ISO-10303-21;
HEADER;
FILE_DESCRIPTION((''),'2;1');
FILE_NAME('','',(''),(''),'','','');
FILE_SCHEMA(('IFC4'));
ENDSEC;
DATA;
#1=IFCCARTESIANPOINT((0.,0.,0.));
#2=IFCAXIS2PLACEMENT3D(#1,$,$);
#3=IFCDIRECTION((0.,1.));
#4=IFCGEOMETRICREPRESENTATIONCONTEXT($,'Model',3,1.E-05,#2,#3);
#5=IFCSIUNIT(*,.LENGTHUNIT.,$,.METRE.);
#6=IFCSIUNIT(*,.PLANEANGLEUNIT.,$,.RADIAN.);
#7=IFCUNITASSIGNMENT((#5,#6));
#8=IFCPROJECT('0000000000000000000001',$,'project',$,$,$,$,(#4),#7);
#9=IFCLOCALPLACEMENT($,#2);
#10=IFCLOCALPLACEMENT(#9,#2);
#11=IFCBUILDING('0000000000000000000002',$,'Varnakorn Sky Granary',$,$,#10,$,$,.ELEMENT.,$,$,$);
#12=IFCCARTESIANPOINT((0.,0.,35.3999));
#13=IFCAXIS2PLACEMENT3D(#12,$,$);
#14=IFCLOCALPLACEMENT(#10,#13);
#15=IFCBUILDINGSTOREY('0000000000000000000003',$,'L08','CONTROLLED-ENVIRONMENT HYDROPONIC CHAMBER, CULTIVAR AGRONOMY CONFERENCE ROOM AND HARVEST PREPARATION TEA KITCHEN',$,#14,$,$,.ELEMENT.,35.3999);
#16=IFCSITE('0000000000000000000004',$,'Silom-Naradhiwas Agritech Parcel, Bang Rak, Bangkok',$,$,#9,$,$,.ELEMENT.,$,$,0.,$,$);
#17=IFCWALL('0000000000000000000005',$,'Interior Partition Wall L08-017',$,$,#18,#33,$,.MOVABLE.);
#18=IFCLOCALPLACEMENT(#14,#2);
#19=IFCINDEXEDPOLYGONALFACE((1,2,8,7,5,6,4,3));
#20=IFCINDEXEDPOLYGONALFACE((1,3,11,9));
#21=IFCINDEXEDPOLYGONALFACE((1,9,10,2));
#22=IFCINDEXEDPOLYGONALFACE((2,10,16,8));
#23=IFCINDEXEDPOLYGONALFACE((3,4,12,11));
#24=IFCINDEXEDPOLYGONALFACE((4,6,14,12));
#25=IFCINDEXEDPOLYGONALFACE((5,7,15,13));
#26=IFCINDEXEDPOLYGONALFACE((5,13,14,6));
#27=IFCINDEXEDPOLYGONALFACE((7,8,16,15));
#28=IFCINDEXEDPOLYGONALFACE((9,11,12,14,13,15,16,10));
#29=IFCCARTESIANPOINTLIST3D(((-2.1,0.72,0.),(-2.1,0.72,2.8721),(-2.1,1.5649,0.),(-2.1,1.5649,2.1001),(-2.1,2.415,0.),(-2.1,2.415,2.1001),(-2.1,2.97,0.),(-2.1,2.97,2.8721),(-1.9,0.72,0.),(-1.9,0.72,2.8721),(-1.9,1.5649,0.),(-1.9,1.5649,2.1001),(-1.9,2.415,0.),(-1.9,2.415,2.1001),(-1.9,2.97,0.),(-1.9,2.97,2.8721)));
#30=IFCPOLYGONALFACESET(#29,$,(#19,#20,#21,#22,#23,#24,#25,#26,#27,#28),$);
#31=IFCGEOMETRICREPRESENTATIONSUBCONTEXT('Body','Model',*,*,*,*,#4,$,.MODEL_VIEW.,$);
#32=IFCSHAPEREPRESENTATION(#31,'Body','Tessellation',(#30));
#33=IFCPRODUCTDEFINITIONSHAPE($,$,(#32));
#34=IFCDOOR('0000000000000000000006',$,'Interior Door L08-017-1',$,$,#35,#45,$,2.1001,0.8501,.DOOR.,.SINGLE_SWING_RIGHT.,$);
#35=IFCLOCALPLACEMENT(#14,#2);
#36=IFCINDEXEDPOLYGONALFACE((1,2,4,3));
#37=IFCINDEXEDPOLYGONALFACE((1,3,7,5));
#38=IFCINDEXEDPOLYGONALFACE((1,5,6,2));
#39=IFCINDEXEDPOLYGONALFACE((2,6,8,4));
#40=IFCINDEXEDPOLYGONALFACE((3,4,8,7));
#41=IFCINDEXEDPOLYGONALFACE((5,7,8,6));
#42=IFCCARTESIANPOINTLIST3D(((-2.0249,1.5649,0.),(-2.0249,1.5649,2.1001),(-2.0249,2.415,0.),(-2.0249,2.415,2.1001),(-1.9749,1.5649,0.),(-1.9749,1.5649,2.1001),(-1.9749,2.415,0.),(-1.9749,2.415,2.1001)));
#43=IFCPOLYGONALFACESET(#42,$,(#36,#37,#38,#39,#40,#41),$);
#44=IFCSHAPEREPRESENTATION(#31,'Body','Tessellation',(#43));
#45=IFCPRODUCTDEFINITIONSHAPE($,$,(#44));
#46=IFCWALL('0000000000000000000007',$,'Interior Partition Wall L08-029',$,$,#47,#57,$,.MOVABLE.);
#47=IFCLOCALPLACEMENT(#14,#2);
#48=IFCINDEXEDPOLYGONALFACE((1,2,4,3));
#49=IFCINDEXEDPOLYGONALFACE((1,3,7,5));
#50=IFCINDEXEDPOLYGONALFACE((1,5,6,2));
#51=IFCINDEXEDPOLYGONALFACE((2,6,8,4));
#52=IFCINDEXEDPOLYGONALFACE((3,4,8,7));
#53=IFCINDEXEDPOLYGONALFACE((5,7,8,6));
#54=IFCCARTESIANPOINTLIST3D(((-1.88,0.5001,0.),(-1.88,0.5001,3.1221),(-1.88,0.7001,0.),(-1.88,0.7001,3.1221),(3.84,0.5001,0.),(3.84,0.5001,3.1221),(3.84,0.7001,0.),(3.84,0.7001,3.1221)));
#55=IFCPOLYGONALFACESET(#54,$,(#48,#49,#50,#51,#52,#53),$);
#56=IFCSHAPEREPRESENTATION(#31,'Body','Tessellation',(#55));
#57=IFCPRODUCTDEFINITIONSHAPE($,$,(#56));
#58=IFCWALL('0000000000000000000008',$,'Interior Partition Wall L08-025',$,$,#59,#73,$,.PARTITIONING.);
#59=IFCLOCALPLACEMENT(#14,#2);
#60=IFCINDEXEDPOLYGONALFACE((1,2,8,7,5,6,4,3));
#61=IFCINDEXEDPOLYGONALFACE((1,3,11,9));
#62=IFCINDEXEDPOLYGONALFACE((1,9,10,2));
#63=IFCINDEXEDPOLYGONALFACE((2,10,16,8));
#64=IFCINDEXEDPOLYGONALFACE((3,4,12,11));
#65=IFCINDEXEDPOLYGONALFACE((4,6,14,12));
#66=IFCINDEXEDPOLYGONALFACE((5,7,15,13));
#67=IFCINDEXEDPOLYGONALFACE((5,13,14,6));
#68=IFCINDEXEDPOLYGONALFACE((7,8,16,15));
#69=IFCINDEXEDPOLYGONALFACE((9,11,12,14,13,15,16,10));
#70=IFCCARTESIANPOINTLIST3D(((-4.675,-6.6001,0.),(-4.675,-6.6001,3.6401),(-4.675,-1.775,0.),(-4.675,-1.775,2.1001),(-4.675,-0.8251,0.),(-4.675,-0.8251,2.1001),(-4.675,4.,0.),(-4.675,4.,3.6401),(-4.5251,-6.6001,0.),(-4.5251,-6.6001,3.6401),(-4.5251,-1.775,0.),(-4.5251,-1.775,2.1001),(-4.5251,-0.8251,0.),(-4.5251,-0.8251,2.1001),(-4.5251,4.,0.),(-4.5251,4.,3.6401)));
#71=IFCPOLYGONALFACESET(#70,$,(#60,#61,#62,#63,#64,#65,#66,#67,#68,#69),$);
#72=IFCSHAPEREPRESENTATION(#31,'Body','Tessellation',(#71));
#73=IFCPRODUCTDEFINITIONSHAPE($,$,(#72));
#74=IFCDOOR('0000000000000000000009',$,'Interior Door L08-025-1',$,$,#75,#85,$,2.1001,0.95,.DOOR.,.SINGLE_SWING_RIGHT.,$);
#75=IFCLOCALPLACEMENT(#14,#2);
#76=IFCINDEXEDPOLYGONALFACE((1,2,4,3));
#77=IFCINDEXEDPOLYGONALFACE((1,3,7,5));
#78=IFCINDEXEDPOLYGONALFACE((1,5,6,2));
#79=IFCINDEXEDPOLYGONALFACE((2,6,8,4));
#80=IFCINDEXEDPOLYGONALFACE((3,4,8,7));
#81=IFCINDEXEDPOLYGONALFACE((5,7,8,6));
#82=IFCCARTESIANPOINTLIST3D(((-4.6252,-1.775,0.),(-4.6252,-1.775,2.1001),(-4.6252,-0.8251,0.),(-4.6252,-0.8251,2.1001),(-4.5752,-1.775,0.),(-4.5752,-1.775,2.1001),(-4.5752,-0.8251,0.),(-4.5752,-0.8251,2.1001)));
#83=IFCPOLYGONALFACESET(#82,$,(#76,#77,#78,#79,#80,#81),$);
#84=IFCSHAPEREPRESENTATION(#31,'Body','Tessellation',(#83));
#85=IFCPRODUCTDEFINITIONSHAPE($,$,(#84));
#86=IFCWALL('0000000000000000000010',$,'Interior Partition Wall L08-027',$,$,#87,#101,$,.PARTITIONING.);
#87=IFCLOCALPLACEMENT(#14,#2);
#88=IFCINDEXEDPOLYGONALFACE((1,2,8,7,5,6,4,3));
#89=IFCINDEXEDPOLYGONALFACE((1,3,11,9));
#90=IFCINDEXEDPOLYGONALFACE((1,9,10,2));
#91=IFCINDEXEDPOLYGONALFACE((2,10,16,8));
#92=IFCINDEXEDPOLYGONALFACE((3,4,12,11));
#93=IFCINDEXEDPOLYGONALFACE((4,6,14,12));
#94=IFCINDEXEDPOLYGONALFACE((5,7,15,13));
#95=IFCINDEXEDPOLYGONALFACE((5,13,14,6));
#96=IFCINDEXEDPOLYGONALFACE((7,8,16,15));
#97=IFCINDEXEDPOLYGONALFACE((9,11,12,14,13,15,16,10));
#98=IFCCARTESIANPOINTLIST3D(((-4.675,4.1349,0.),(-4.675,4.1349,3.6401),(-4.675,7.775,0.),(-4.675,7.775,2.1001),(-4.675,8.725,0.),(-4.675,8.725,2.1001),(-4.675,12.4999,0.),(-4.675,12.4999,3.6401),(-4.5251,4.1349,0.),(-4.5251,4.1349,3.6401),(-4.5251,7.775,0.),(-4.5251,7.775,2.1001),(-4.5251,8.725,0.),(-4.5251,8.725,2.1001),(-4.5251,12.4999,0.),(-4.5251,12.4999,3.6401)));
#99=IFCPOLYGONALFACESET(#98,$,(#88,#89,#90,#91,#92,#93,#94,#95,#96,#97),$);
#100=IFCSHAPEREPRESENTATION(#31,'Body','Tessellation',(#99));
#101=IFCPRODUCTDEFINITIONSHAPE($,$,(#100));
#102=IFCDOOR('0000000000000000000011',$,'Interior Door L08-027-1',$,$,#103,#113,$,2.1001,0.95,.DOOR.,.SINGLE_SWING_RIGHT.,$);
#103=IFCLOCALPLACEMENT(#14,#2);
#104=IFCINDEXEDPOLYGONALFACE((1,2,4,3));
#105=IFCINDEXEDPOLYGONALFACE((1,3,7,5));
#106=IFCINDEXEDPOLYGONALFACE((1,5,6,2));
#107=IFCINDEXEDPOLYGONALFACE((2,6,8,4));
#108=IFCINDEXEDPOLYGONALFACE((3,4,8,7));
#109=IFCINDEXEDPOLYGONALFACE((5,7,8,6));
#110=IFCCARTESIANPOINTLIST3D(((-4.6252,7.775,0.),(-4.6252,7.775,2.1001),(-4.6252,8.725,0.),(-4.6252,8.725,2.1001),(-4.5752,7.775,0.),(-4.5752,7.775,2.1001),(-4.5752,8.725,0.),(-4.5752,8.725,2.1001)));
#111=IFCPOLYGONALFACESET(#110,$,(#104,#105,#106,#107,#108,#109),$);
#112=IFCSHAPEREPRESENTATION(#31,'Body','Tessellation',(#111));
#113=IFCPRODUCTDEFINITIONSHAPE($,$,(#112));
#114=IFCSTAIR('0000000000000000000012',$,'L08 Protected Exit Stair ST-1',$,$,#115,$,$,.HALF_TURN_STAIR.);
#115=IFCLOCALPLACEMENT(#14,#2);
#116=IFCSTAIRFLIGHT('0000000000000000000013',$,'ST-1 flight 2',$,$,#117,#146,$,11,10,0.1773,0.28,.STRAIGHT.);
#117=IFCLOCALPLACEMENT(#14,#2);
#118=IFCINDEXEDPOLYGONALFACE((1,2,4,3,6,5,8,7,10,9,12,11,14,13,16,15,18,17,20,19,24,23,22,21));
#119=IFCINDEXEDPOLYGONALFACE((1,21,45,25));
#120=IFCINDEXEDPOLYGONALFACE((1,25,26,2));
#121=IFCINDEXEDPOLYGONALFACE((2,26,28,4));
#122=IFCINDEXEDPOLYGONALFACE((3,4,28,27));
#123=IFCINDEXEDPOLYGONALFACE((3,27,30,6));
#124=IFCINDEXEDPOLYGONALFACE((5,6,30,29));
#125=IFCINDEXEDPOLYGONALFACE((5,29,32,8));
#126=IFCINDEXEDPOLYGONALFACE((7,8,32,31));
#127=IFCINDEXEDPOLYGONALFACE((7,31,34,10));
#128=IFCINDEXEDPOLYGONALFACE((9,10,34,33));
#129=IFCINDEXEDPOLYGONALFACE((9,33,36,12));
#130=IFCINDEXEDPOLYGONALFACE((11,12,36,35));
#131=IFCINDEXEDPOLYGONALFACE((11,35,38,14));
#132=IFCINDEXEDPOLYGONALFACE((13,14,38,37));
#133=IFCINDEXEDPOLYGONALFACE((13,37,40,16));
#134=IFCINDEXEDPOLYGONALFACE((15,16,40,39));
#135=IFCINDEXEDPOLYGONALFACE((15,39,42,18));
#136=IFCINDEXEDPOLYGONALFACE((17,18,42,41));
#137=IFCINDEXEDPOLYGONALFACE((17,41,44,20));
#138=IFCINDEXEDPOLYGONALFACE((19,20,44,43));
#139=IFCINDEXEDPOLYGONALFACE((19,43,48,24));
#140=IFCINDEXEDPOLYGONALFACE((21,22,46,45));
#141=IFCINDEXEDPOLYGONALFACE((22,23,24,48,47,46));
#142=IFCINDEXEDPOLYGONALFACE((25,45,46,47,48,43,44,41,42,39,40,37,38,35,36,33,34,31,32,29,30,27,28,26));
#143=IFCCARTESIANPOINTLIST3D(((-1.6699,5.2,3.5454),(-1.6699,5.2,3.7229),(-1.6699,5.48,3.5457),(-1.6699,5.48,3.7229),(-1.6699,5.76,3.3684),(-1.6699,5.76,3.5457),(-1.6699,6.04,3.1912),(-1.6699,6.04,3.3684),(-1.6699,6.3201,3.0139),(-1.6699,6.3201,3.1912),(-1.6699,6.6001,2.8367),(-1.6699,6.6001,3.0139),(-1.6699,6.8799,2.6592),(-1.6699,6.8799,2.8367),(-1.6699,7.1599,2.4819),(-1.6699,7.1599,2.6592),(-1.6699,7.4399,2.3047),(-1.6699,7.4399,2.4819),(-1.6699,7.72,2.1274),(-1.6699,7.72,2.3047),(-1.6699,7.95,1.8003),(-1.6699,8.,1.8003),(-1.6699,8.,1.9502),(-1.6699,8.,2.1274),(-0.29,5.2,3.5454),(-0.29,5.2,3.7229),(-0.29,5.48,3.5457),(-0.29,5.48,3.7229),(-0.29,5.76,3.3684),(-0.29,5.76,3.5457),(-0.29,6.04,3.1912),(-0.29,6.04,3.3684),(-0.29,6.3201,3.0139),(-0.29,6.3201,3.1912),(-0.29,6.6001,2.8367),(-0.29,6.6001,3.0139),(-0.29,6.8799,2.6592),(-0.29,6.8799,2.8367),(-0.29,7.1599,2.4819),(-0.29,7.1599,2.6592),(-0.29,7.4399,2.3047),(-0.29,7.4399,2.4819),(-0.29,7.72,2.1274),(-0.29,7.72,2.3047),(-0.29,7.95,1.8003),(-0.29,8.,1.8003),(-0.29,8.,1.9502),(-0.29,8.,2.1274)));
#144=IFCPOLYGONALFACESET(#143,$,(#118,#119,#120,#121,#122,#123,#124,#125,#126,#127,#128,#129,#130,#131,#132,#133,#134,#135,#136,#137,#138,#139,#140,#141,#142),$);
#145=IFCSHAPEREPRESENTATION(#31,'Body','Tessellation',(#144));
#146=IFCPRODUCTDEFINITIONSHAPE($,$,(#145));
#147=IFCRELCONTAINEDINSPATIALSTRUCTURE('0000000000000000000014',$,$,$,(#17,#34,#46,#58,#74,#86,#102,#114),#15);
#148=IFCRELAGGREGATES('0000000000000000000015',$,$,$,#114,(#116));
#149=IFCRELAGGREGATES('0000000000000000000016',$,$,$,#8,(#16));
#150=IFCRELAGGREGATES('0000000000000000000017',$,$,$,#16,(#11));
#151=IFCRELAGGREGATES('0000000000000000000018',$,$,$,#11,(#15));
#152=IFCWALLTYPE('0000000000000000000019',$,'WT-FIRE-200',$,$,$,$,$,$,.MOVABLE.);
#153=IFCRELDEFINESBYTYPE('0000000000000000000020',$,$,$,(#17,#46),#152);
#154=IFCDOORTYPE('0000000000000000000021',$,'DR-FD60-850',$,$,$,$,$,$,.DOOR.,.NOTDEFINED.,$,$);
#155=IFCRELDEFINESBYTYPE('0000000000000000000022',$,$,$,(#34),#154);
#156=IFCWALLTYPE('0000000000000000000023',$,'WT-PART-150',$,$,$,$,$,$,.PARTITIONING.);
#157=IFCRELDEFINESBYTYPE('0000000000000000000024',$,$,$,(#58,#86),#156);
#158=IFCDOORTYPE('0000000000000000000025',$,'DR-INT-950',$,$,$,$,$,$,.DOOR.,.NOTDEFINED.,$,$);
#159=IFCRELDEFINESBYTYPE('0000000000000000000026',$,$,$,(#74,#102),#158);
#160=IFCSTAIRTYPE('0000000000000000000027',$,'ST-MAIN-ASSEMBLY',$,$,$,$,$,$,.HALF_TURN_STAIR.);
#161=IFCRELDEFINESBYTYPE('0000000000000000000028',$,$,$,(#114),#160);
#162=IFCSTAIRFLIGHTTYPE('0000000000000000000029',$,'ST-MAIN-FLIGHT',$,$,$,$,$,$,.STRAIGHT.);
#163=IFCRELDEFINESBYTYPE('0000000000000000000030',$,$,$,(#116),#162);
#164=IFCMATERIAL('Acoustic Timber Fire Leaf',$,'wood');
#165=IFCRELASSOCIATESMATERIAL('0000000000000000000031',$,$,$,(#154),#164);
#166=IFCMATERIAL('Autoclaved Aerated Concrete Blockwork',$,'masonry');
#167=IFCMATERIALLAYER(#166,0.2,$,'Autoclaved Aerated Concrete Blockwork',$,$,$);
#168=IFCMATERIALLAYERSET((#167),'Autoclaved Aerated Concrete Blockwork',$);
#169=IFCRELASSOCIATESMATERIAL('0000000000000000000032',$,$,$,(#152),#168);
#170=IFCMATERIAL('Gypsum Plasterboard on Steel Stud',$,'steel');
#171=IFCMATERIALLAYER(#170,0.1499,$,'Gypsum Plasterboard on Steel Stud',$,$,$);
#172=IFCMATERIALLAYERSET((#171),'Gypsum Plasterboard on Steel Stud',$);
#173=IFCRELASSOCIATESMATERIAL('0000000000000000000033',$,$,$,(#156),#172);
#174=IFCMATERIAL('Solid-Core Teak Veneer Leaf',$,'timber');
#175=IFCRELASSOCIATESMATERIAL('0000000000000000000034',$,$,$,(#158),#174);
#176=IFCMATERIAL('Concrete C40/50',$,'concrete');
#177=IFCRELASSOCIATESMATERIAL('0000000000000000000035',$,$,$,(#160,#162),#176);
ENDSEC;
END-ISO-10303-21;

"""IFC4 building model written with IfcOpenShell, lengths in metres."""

from ifc_helpers import new_model, si_unit, direction, frame, frame_2d, origin, place, context, subcontext, project, spatial, polyline, rectangle, outline, extrude, material, layer, layer_set, type_object, element, fill, aggregate, save


model = new_model("IFC4")

# Units and contexts
model_context = context("Model", 3, precision=1e-05, world=origin(), true_north=direction((0.0, 1.0)))
body_context = subcontext(model_context, "Body", "Model", "MODEL_VIEW")
ifc_project = project(units=[si_unit("LENGTHUNIT", "METRE"), si_unit("PLANEANGLEUNIT", "RADIAN")], contexts=[model_context])

# Site, building, storey
site_placement = place(None, origin())
site = spatial("IfcSite", under=ifc_project, at=site_placement, Name="Silom-Naradhiwas Agritech Parcel, Bang Rak, Bangkok", CompositionType="ELEMENT", RefElevation=0.0)
building_placement = place(site_placement, origin())
building = spatial("IfcBuilding", under=site, at=building_placement, Name="Varnakorn Sky Granary", CompositionType="ELEMENT")
storey_placement = place(building_placement, frame((0.0, 0.0, 35.3999)))
storey = spatial("IfcBuildingStorey", under=building, at=storey_placement, Name="L08", Description="CONTROLLED-ENVIRONMENT HYDROPONIC CHAMBER, CULTIVAR AGRONOMY CONFERENCE ROOM AND HARVEST PREPARATION TEA KITCHEN", CompositionType="ELEMENT", Elevation=35.3999)

# Shared definitions
ifc_material_1 = material(Name="Acoustic Timber Fire Leaf", Category="wood")
door_type_1 = type_object("IfcDoorType", Name="DR-FD60-850", OperationType="NOTDEFINED", PredefinedType="DOOR", material=ifc_material_1)

# Wall, opening, door
ifc_material_2 = material(Name="Autoclaved Aerated Concrete Blockwork", Category="masonry")
ifc_layer_1 = layer(ifc_material_2, 0.2, Name="Autoclaved Aerated Concrete Blockwork")
ifc_layer_set_1 = layer_set([ifc_layer_1], Name="Autoclaved Aerated Concrete Blockwork")
wall_type_1 = type_object("IfcWallType", Name="WT-FIRE-200", PredefinedType="MOVABLE", material=ifc_layer_set_1)
wall_1_placement = place(storey_placement, frame((-2.0, 0.72, 0.0), z_axis=(0.0, 0.0, 1.0), x_axis=(0.0, 1.0, 0.0)))
wall_1 = element("IfcWall", 1, at=wall_1_placement, inside=storey, type_object=wall_type_1, Name="Interior Partition Wall L08-017", PredefinedType="MOVABLE", context=body_context, shape_type="SweptSolid", body=[
    extrude(rectangle(XDim=2.25, YDim=0.2, at=frame_2d((1.125, 0.0))), origin(), (0.0, 0.0, 1.0), 2.8721),
])
opening_1_placement = place(wall_1_placement, frame((0.845, 0.0, 0.0)))
opening_1 = element("IfcOpeningElement", 2, at=opening_1_placement, cuts=wall_1, PredefinedType="OPENING", context=body_context, shape_type="SweptSolid", body=[
    extrude(rectangle(XDim=0.8501, YDim=2.1001, at=frame_2d((0.425, 1.05))), frame((0.0, 0.1099, 0.0), z_axis=(0.0, -1.0, 0.0), x_axis=(1.0, 0.0, 0.0)), (0.0, 0.0, 1.0), 0.22),
])
door_1_placement = place(opening_1_placement, origin())
door_1 = element("IfcDoor", 3, at=door_1_placement, inside=storey, type_object=door_type_1, Name="Interior Door L08-017-1", OperationType="SINGLE_SWING_RIGHT", OverallHeight=2.1001, OverallWidth=0.8501, PredefinedType="DOOR", context=body_context, shape_type="SweptSolid", body=[
    extrude(rectangle(XDim=0.8501, YDim=2.1001, at=frame_2d((0.425, 1.05))), frame((0.0, 0.0249, 0.0), z_axis=(0.0, -1.0, 0.0), x_axis=(1.0, 0.0, 0.0)), (0.0, 0.0, 1.0), 0.05),
])
fill(opening_1, door_1)

# Wall
wall_2_placement = place(storey_placement, frame((-1.8799, 0.6001, 0.0), z_axis=(0.0, 0.0, 1.0), x_axis=(1.0, 0.0, 0.0)))
element("IfcWall", 4, at=wall_2_placement, inside=storey, type_object=wall_type_1, Name="Interior Partition Wall L08-029", PredefinedType="MOVABLE", context=body_context, shape_type="SweptSolid", body=[
    extrude(rectangle(XDim=5.72, YDim=0.2, at=frame_2d((2.8599, 0.0))), origin(), (0.0, 0.0, 1.0), 3.1221),
])

# Walls, openings, doors
ifc_material_3 = material(Name="Gypsum Plasterboard on Steel Stud", Category="steel")
ifc_layer_2 = layer(ifc_material_3, 0.1499, Name="Gypsum Plasterboard on Steel Stud")
ifc_layer_set_2 = layer_set([ifc_layer_2], Name="Gypsum Plasterboard on Steel Stud")
wall_type_2 = type_object("IfcWallType", Name="WT-PART-150", PredefinedType="PARTITIONING", material=ifc_layer_set_2)
wall_3_placement = place(storey_placement, frame((-4.6001, 4.0, 0.0), z_axis=(0.0, 0.0, 1.0), x_axis=(0.0, -1.0, 0.0)))
wall_3 = element("IfcWall", 5, at=wall_3_placement, inside=storey, type_object=wall_type_2, Name="Interior Partition Wall L08-025", PredefinedType="PARTITIONING", context=body_context, shape_type="SweptSolid", body=[
    extrude(rectangle(XDim=10.6001, YDim=0.1499, at=frame_2d((5.3, 0.0))), origin(), (0.0, 0.0, 1.0), 3.6401),
])
opening_2_placement = place(wall_3_placement, frame((4.825, 0.0, 0.0)))
opening_2 = element("IfcOpeningElement", 6, at=opening_2_placement, cuts=wall_3, PredefinedType="OPENING", context=body_context, shape_type="SweptSolid", body=[
    extrude(rectangle(XDim=0.95, YDim=2.1001, at=frame_2d((0.4751, 1.05))), frame((0.0, 0.085, 0.0), z_axis=(0.0, -1.0, 0.0), x_axis=(1.0, 0.0, 0.0)), (0.0, 0.0, 1.0), 0.1699),
])
ifc_material_4 = material(Name="Solid-Core Teak Veneer Leaf", Category="timber")
door_type_2 = type_object("IfcDoorType", Name="DR-INT-950", OperationType="NOTDEFINED", PredefinedType="DOOR", material=ifc_material_4)
door_2_placement = place(opening_2_placement, origin())
door_2 = element("IfcDoor", 7, at=door_2_placement, inside=storey, type_object=door_type_2, Name="Interior Door L08-025-1", OperationType="SINGLE_SWING_RIGHT", OverallHeight=2.1001, OverallWidth=0.95, PredefinedType="DOOR", context=body_context, shape_type="SweptSolid", body=[
    extrude(rectangle(XDim=0.95, YDim=2.1001, at=frame_2d((0.4751, 1.05))), frame((0.0, 0.0249, 0.0), z_axis=(0.0, -1.0, 0.0), x_axis=(1.0, 0.0, 0.0)), (0.0, 0.0, 1.0), 0.05),
])
fill(opening_2, door_2)
wall_4_placement = place(storey_placement, frame((-4.6001, 12.5, 0.0), z_axis=(0.0, 0.0, 1.0), x_axis=(0.0, -1.0, 0.0)))
wall_4 = element("IfcWall", 8, at=wall_4_placement, inside=storey, type_object=wall_type_2, Name="Interior Partition Wall L08-027", PredefinedType="PARTITIONING", context=body_context, shape_type="SweptSolid", body=[
    extrude(rectangle(XDim=8.365, YDim=0.1499, at=frame_2d((4.1826, 0.0))), origin(), (0.0, 0.0, 1.0), 3.6401),
])
opening_3_placement = place(wall_4_placement, frame((3.7749, 0.0, 0.0)))
opening_3 = element("IfcOpeningElement", 9, at=opening_3_placement, cuts=wall_4, PredefinedType="OPENING", context=body_context, shape_type="SweptSolid", body=[
    extrude(rectangle(XDim=0.95, YDim=2.1001, at=frame_2d((0.4751, 1.05))), frame((0.0, 0.085, 0.0), z_axis=(0.0, -1.0, 0.0), x_axis=(1.0, 0.0, 0.0)), (0.0, 0.0, 1.0), 0.1699),
])
door_3_placement = place(opening_3_placement, origin())
door_3 = element("IfcDoor", 10, at=door_3_placement, inside=storey, type_object=door_type_2, Name="Interior Door L08-027-1", OperationType="SINGLE_SWING_RIGHT", OverallHeight=2.1001, OverallWidth=0.95, PredefinedType="DOOR", context=body_context, shape_type="SweptSolid", body=[
    extrude(rectangle(XDim=0.95, YDim=2.1001, at=frame_2d((0.4751, 1.05))), frame((0.0, 0.0249, 0.0), z_axis=(0.0, -1.0, 0.0), x_axis=(1.0, 0.0, 0.0)), (0.0, 0.0, 1.0), 0.05),
])
fill(opening_3, door_3)

# Stair, stair flight
ifc_material_5 = material(Name="Concrete C40/50", Category="concrete")
stair_type = type_object("IfcStairType", Name="ST-MAIN-ASSEMBLY", PredefinedType="HALF_TURN_STAIR", material=ifc_material_5)
stair_placement = place(storey_placement, origin())
stair = element("IfcStair", 11, at=stair_placement, inside=storey, type_object=stair_type, Name="L08 Protected Exit Stair ST-1", PredefinedType="HALF_TURN_STAIR")
stair_flight_type = type_object("IfcStairFlightType", Name="ST-MAIN-FLIGHT", PredefinedType="STRAIGHT", material=ifc_material_5)
stair_flight_placement = place(storey_placement, frame((-0.98, 8.0, 1.9502), z_axis=(0.0, 0.0, 1.0), x_axis=(0.0, -1.0, 0.0)))
stair_flight = element("IfcStairFlight", 12, at=stair_flight_placement, type_object=stair_flight_type, Name="ST-1 flight 2", NumberOfRisers=11, NumberOfTreads=10, PredefinedType="STRAIGHT", RiserHeight=0.1773, TreadLength=0.28, context=body_context, shape_type="SweptSolid", body=[
    extrude(outline(polyline([(0.0, -0.1499), (0.0, 0.0), (0.0, 0.1772), (0.28, 0.1772), (0.28, 0.3545), (0.5601, 0.3545), (0.5601, 0.5317), (0.8401, 0.5317), (0.8401, 0.709), (1.1201, 0.709), (1.1201, 0.8865), (1.3999, 0.8865), (1.3999, 1.0637), (1.6799, 1.0637), (1.6799, 1.241), (1.96, 1.241), (1.96, 1.4182), (2.24, 1.4182), (2.24, 1.5955), (2.52, 1.5955), (2.52, 1.7727), (2.8, 1.7727), (2.8, 1.95), (2.8, 1.5952), (0.05, -0.1499), (0.0, -0.1499)])), frame((0.0, 0.6899, 0.0), z_axis=(0.0, -1.0, 0.0), x_axis=(1.0, 0.0, 0.0)), (0.0, 0.0, 1.0), 1.3799),
])
aggregate(stair, [stair_flight])

save(model, "model.ifc")
